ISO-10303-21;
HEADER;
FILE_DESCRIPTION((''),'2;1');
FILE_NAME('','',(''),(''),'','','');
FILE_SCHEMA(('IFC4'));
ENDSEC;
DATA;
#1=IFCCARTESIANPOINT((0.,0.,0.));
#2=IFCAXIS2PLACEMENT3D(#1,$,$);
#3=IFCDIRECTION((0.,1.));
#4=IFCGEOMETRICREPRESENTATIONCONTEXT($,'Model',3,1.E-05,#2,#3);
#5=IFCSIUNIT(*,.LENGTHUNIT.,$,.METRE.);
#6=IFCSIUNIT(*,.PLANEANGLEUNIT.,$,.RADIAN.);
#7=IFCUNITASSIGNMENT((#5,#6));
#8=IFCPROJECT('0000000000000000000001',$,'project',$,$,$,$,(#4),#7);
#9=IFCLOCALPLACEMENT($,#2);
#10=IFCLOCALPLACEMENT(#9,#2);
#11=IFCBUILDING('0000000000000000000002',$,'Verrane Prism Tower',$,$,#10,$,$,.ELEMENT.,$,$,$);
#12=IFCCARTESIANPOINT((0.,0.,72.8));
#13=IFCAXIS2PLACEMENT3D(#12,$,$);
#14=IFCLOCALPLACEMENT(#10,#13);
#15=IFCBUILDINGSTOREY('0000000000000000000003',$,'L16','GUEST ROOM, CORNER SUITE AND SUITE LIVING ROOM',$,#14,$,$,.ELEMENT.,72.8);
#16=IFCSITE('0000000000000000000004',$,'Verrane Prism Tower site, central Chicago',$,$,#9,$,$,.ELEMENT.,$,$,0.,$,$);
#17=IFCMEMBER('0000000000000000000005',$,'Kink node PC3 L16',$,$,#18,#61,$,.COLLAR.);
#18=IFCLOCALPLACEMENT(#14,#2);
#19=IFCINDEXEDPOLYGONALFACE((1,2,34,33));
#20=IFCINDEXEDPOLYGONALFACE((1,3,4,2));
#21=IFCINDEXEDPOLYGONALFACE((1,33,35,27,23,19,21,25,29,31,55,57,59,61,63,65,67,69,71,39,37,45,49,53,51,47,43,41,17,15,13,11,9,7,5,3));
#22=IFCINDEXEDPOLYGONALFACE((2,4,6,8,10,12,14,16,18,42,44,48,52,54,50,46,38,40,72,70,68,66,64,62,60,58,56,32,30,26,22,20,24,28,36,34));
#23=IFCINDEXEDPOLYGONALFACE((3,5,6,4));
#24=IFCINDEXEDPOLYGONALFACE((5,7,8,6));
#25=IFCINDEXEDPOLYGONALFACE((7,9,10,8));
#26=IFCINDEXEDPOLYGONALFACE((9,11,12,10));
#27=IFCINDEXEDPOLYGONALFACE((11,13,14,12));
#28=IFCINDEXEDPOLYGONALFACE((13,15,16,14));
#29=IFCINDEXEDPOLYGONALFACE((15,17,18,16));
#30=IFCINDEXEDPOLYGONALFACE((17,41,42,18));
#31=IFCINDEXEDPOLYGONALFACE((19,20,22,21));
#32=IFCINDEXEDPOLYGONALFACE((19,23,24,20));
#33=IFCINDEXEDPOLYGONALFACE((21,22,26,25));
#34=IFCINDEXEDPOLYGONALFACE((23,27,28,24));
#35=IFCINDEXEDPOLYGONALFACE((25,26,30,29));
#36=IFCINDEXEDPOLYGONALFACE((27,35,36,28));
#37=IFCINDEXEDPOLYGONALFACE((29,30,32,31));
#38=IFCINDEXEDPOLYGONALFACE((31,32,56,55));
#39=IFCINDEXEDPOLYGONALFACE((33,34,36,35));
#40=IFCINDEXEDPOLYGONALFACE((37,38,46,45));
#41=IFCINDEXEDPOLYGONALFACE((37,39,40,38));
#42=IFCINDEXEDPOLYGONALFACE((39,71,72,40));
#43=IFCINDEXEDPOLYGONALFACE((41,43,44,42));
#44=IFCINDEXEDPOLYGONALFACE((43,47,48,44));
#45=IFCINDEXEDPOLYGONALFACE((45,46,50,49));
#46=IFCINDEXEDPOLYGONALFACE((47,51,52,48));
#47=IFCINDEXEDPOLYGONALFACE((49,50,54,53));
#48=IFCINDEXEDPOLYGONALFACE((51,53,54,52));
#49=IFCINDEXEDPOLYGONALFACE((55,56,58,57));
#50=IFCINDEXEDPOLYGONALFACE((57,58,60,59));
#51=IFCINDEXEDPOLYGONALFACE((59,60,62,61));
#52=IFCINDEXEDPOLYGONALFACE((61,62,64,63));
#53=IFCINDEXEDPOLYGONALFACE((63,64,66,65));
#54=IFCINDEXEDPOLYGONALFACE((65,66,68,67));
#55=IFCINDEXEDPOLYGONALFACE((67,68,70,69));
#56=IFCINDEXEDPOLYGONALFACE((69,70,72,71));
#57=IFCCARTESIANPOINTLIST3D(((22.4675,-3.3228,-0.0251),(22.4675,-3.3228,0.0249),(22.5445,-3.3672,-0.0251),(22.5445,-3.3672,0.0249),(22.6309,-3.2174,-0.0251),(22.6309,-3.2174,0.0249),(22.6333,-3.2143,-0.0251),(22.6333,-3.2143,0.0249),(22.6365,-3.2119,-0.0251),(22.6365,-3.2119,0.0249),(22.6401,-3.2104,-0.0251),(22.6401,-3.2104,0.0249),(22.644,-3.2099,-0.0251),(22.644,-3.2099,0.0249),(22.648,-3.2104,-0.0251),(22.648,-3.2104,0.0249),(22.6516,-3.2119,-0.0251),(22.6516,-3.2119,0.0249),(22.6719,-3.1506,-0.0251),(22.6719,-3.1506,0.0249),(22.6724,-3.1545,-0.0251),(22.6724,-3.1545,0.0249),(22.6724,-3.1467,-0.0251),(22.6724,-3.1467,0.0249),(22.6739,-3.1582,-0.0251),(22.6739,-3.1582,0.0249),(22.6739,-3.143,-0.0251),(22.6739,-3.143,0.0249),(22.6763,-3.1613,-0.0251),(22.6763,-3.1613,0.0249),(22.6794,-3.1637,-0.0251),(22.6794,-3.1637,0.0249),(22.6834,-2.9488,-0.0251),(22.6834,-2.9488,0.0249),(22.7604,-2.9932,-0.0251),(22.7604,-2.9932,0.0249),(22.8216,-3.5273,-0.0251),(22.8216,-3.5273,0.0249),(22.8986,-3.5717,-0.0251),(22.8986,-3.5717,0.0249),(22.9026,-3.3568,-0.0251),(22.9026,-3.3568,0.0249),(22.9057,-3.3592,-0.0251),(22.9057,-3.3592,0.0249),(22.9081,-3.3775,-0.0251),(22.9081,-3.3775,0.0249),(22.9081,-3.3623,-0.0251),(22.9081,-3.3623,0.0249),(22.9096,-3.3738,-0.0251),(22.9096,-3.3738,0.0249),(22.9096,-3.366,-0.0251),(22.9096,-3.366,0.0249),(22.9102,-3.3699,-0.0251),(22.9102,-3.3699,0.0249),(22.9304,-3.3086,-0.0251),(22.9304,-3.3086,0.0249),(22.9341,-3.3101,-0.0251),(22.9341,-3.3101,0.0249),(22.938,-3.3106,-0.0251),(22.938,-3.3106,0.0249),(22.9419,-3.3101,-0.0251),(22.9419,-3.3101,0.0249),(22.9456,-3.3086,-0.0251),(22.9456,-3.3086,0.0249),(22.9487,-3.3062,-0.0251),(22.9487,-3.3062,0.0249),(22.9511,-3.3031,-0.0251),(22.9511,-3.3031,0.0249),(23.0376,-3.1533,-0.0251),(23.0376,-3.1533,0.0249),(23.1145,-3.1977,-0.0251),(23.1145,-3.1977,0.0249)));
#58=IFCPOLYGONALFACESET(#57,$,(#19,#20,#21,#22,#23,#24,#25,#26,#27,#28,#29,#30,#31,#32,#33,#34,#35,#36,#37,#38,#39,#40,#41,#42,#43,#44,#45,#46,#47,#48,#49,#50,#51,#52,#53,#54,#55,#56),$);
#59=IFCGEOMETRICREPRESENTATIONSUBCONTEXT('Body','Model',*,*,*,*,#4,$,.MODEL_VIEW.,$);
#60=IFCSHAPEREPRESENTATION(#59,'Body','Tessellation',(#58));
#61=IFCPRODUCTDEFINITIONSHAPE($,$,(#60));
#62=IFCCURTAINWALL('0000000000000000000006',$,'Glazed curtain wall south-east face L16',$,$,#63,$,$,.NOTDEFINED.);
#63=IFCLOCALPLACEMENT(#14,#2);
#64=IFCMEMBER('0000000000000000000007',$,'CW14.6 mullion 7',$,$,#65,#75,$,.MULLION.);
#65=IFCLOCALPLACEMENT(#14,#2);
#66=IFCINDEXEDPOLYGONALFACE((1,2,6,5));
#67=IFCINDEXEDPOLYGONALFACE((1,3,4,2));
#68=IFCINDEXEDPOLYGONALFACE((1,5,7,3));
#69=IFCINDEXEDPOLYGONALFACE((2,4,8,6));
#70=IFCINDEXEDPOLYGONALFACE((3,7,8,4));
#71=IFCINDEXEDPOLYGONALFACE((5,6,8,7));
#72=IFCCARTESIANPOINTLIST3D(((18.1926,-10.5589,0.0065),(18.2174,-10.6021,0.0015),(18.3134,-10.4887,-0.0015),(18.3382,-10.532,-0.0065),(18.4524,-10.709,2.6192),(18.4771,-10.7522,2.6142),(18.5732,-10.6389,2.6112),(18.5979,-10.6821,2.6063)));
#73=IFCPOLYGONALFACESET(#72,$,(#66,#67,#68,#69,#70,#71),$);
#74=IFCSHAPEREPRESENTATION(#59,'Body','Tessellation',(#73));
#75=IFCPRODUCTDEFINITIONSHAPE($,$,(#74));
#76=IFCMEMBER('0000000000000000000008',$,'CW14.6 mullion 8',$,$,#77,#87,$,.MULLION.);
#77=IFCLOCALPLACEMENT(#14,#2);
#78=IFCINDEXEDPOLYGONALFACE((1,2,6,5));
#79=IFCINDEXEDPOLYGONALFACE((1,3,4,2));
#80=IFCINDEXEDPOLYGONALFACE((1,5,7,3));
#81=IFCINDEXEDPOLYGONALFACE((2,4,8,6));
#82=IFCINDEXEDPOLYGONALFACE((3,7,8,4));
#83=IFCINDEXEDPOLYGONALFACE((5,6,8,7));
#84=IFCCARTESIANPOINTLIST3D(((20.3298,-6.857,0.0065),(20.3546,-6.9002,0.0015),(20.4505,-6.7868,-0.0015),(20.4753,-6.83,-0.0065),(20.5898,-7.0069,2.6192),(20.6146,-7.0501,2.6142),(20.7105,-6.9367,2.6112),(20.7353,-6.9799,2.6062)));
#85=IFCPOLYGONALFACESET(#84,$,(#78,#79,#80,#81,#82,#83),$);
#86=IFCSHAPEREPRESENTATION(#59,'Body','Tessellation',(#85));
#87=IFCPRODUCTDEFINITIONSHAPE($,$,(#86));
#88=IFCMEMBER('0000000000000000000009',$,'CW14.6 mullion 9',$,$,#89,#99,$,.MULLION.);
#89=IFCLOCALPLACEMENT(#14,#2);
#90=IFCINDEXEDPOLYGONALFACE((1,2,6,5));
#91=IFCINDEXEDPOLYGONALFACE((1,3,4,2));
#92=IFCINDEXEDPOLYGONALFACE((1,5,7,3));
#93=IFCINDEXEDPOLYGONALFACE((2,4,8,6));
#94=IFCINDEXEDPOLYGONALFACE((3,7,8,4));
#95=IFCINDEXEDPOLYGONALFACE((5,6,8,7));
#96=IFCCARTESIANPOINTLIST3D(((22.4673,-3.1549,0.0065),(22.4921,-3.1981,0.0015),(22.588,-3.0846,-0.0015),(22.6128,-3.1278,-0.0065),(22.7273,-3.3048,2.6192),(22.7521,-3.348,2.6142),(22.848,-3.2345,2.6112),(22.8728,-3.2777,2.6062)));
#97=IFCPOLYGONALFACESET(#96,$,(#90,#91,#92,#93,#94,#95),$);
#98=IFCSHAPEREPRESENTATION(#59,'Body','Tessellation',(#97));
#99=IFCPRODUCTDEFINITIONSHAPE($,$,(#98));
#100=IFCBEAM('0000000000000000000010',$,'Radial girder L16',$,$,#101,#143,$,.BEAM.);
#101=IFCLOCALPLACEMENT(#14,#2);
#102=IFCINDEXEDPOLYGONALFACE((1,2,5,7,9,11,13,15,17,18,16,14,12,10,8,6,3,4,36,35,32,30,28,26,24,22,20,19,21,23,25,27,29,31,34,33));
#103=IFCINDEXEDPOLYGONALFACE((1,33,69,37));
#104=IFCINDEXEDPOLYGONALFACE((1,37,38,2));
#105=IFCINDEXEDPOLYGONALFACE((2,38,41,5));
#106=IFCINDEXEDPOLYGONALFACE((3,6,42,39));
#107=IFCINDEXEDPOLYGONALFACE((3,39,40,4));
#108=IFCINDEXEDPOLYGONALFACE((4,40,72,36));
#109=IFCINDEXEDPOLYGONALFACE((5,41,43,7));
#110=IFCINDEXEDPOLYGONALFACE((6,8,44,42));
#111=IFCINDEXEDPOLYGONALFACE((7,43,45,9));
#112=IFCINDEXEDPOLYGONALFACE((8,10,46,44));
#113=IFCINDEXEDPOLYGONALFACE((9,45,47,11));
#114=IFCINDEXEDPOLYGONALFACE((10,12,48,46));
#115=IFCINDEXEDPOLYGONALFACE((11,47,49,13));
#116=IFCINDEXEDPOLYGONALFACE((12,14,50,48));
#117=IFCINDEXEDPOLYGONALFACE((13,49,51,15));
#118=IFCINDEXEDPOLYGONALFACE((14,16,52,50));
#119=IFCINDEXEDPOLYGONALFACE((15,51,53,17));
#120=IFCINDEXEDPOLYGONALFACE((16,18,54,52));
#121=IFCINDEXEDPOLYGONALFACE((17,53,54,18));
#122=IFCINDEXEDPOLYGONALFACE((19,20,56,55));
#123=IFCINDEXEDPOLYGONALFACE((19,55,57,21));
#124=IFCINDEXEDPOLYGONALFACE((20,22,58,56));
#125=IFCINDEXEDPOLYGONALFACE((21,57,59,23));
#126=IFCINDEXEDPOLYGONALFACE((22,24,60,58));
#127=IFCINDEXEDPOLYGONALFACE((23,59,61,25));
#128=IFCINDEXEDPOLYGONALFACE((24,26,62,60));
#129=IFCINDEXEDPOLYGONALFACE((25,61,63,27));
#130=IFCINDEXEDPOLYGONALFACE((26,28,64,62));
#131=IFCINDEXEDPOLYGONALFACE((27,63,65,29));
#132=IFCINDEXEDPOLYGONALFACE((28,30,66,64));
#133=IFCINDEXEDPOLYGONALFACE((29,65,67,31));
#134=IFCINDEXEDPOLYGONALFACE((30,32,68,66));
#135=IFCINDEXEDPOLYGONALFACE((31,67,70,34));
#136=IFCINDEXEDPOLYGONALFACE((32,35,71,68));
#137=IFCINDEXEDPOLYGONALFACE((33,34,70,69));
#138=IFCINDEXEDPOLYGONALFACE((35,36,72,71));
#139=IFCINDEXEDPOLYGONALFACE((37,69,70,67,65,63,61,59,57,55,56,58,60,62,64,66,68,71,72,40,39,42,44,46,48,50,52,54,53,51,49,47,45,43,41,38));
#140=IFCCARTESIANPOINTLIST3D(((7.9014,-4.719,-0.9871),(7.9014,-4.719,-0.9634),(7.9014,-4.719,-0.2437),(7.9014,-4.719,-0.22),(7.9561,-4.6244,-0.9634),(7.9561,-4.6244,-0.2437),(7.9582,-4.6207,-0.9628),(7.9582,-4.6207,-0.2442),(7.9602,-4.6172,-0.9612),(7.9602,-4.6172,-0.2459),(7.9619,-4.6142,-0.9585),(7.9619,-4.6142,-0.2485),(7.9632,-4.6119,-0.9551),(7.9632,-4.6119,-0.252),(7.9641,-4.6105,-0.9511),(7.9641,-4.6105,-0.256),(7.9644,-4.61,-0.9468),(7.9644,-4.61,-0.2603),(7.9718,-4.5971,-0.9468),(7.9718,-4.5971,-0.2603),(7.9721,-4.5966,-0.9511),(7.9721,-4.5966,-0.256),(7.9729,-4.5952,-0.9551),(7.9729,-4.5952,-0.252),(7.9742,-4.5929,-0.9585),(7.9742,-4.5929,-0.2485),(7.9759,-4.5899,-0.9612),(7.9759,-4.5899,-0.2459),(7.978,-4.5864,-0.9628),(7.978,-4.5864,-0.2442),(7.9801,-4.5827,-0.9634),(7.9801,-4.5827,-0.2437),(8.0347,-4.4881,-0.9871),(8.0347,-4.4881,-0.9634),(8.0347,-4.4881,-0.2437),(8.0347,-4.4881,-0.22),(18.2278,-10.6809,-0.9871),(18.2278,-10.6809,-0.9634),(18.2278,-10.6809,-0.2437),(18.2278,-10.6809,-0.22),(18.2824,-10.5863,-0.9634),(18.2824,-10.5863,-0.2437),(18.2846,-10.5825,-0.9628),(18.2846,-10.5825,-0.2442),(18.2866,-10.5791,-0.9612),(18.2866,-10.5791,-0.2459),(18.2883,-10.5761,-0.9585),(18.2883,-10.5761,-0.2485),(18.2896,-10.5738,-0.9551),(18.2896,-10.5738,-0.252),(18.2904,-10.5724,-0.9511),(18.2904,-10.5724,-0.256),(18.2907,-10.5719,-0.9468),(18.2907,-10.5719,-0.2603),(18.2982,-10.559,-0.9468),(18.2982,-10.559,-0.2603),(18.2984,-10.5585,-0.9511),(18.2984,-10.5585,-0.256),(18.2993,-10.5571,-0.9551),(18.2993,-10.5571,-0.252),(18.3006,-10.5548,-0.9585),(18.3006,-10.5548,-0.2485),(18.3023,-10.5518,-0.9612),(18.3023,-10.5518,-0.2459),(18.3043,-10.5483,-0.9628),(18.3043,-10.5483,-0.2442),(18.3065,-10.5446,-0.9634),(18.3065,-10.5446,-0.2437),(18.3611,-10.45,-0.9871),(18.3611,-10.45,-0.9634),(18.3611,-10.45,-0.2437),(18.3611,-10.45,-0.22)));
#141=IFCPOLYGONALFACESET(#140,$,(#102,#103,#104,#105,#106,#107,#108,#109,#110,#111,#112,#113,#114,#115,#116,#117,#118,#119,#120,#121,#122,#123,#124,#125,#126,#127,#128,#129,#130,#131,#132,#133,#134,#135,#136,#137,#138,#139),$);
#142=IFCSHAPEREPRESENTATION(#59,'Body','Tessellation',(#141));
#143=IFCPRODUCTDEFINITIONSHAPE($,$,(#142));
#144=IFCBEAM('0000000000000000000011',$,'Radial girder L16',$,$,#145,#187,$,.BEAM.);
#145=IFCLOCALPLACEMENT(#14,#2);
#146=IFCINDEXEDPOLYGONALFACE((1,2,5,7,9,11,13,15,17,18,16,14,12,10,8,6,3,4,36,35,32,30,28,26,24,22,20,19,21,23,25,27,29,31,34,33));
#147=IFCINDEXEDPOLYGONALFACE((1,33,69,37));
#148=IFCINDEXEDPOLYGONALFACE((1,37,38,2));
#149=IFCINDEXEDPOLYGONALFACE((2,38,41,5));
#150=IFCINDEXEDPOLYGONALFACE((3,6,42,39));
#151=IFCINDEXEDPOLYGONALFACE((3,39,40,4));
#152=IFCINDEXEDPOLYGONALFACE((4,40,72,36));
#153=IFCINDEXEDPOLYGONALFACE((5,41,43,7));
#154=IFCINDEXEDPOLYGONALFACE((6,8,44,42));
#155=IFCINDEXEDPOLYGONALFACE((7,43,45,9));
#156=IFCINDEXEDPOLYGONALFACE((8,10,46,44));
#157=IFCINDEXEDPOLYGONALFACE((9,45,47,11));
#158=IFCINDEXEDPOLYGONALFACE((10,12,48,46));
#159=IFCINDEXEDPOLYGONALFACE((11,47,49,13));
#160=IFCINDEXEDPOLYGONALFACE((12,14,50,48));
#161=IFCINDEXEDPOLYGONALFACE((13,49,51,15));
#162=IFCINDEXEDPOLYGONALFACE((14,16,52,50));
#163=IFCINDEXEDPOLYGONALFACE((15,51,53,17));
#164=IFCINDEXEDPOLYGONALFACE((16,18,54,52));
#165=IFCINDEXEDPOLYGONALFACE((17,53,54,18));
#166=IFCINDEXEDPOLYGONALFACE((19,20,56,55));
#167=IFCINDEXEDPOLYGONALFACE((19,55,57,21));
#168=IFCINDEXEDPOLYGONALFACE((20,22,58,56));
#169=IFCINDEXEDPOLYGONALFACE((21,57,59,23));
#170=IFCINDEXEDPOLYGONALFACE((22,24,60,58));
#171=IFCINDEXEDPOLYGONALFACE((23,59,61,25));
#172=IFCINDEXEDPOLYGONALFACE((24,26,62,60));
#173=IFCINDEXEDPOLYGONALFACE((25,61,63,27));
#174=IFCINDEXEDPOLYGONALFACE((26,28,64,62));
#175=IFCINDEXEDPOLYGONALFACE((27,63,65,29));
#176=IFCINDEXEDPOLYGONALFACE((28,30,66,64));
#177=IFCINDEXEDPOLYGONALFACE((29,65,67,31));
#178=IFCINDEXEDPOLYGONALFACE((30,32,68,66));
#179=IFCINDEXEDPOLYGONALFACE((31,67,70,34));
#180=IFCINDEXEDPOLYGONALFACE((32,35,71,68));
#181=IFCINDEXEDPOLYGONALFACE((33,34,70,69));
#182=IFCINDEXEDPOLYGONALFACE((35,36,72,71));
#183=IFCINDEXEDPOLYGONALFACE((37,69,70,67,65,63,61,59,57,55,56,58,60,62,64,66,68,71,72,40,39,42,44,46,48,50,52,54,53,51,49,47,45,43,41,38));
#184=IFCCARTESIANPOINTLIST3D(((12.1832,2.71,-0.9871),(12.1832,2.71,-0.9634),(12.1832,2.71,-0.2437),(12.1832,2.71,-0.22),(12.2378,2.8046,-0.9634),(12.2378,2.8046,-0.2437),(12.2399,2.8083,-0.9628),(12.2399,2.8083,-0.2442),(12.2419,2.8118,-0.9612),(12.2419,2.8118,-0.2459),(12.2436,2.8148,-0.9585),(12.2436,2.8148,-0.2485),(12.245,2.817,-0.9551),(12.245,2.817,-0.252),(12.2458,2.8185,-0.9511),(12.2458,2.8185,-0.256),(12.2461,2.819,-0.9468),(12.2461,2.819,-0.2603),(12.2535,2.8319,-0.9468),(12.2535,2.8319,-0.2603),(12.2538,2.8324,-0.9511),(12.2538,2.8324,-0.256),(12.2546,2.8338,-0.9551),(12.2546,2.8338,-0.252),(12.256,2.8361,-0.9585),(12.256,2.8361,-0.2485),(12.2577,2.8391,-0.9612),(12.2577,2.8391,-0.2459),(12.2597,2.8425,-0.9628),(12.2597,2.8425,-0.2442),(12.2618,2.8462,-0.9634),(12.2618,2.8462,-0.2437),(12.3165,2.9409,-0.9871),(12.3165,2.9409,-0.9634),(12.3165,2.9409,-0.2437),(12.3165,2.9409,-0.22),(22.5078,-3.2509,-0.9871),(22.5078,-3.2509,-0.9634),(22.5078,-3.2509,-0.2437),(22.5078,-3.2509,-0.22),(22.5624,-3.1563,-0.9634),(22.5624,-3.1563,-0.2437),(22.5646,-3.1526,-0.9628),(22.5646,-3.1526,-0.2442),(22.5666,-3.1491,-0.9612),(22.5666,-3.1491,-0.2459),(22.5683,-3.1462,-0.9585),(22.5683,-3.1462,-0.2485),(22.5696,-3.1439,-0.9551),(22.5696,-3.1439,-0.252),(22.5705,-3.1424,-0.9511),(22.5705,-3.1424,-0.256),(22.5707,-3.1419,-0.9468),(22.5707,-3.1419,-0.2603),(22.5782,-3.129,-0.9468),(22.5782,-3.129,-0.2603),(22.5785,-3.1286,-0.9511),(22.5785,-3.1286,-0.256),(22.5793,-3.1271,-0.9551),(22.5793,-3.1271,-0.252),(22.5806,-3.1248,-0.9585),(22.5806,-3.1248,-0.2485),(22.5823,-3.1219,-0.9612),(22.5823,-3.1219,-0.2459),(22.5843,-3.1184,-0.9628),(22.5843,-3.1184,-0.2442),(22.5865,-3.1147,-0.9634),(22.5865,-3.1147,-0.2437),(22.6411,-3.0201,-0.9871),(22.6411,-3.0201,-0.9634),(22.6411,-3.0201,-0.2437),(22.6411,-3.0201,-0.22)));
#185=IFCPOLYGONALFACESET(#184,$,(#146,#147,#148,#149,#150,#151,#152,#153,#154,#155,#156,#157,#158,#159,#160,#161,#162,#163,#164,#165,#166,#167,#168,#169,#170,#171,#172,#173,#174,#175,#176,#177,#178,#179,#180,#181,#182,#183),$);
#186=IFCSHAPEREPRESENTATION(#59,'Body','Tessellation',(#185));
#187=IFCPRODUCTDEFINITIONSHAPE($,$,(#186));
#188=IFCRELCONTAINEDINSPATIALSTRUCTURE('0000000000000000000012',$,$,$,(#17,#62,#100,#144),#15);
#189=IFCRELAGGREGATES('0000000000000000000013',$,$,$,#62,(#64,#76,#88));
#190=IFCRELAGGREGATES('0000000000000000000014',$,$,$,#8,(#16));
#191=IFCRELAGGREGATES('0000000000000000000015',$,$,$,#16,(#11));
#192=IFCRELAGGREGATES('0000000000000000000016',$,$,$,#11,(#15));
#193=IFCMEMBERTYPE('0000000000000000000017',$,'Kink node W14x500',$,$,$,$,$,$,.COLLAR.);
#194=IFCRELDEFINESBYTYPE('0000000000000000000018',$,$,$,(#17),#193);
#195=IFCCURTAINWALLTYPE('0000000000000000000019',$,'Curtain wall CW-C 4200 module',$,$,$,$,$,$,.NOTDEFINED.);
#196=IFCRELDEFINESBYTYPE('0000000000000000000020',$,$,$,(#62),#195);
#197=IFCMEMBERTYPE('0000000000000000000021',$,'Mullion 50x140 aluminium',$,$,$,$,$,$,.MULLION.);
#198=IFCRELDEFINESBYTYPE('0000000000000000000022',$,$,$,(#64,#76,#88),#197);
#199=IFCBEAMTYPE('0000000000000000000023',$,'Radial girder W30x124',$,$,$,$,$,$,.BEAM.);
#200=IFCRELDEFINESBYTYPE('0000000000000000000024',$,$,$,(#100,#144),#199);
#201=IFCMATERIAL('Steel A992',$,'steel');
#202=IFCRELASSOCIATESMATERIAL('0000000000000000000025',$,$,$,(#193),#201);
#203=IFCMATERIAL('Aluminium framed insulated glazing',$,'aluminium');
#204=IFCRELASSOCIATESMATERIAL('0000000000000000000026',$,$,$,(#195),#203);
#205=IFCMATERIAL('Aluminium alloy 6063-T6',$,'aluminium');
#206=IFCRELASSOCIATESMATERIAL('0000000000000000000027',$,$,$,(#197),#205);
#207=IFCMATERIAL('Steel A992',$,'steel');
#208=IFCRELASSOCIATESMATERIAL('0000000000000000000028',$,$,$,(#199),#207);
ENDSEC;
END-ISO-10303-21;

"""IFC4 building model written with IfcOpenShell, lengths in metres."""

from ifc_helpers import new_model, si_unit, direction, frame, origin, origin_2d, place, context, subcontext, project, spatial, rectangle, i_section, extrude, material, material_profile, profile_set, type_object, element, aggregate, save


model = new_model("IFC4")

# Units and contexts
model_context = context("Model", 3, precision=1e-05, world=origin(), true_north=direction((0.0, 1.0)))
body_context = subcontext(model_context, "Body", "Model", "MODEL_VIEW")
ifc_project = project(units=[si_unit("LENGTHUNIT", "METRE"), si_unit("PLANEANGLEUNIT", "RADIAN")], contexts=[model_context])

# Site, building, storey
site_placement = place(None, origin())
site = spatial("IfcSite", under=ifc_project, at=site_placement, Name="Verrane Prism Tower site, central Chicago", CompositionType="ELEMENT", RefElevation=0.0)
building_placement = place(site_placement, origin())
building = spatial("IfcBuilding", under=site, at=building_placement, Name="Verrane Prism Tower", CompositionType="ELEMENT")
storey_placement = place(building_placement, frame((0.0, 0.0, 72.8)))
storey = spatial("IfcBuildingStorey", under=building, at=storey_placement, Name="L16", Description="GUEST ROOM, CORNER SUITE AND SUITE LIVING ROOM", CompositionType="ELEMENT", Elevation=72.8)

# Member
ifc_material_1 = material(Name="Steel A992", Category="steel")
ifc_material_profile_1 = material_profile(ifc_material_1, i_section(OverallWidth=0.4319, OverallDepth=0.4978, WebThickness=0.0557, FlangeThickness=0.0889, FilletRadius=0.0151, at=origin_2d()), Name="W14x500")
ifc_profile_set_1 = profile_set([ifc_material_profile_1], Name="Steel A992")
member_type_1 = type_object("IfcMemberType", Name="Kink node W14x500", PredefinedType="COLLAR", material=ifc_profile_set_1)
for number, where, z_axis, x_axis, name in (
    (1, (22.791, -3.2603, -0.0251), (0.0, 0.0, 1.0), (-0.5, -0.866025, 0.0), "Kink node PC3 L16"),
):
    element("IfcMember", number, at=place(storey_placement, frame(where, z_axis=z_axis, x_axis=x_axis)), inside=storey, type_object=member_type_1, Name=name, PredefinedType="COLLAR", context=body_context, shape_type="SweptSolid", body=[
        extrude(i_section(OverallWidth=0.4319, OverallDepth=0.4978, WebThickness=0.0557, FlangeThickness=0.0889, FilletRadius=0.0151, at=origin_2d()), origin(), (0.0, 0.0, 1.0), 0.05),
    ])

# Curtain wall, members
ifc_material_2 = material(Name="Aluminium framed insulated glazing", Category="aluminium")
curtain_wall_type = type_object("IfcCurtainWallType", Name="Curtain wall CW-C 4200 module", PredefinedType="NOTDEFINED", material=ifc_material_2)
curtain_wall_placement = place(storey_placement, origin())
curtain_wall = element("IfcCurtainWall", 2, at=curtain_wall_placement, inside=storey, type_object=curtain_wall_type, Name="Glazed curtain wall south-east face L16", PredefinedType="NOTDEFINED")
ifc_material_3 = material(Name="Aluminium alloy 6063-T6", Category="aluminium")
ifc_material_profile_2 = material_profile(ifc_material_3, rectangle(XDim=0.1399, YDim=0.05, at=origin_2d()), Name="Mullion 50x140 aluminium")
ifc_profile_set_2 = profile_set([ifc_material_profile_2], Name="Aluminium alloy 6063-T6")
member_type_2 = type_object("IfcMemberType", Name="Mullion 50x140 aluminium", PredefinedType="MULLION", material=ifc_profile_set_2)
member_1_placement = place(storey_placement, frame((18.2654, -10.5454, 0.0), z_axis=(0.098772, -0.057091, 0.993471), x_axis=(-0.863446, -0.501207, 0.057042)))
member_1 = element("IfcMember", 3, at=member_1_placement, type_object=member_type_2, Name="CW14.6 mullion 7", PredefinedType="MULLION", context=body_context, shape_type="SweptSolid", body=[
    extrude(rectangle(XDim=0.1399, YDim=0.05, at=origin_2d()), origin(), (0.0, 0.0, 1.0), 2.6299),
])
member_2_placement = place(storey_placement, frame((20.4026, -6.8435, 0.0), z_axis=(0.098864, -0.056998, 0.993467), x_axis=(-0.862886, -0.502167, 0.057059)))
member_2 = element("IfcMember", 4, at=member_2_placement, type_object=member_type_2, Name="CW14.6 mullion 8", PredefinedType="MULLION", context=body_context, shape_type="SweptSolid", body=[
    extrude(rectangle(XDim=0.1399, YDim=0.05, at=origin_2d()), origin(), (0.0, 0.0, 1.0), 2.6299),
])
member_3_placement = place(storey_placement, frame((22.54, -3.1414, 0.0), z_axis=(0.098864, -0.056998, 0.993467), x_axis=(-0.862886, -0.502167, 0.057059)))
member_3 = element("IfcMember", 5, at=member_3_placement, type_object=member_type_2, Name="CW14.6 mullion 9", PredefinedType="MULLION", context=body_context, shape_type="SweptSolid", body=[
    extrude(rectangle(XDim=0.1399, YDim=0.05, at=origin_2d()), origin(), (0.0, 0.0, 1.0), 2.6299),
])

# Beams
ifc_material_4 = material(Name="Steel A992", Category="steel")
ifc_material_profile_3 = material_profile(ifc_material_4, i_section(OverallWidth=0.2666, OverallDepth=0.7671, WebThickness=0.0149, FlangeThickness=0.0237, FilletRadius=0.0166, at=origin_2d()), Name="W30x124")
ifc_profile_set_3 = profile_set([ifc_material_profile_3], Name="Steel A992")
beam_type_1 = type_object("IfcBeamType", Name="Radial girder W30x124", PredefinedType="BEAM", material=ifc_profile_set_3)
beam_1_placement = place(storey_placement, frame((18.2944, -10.5654, -0.6035), z_axis=(-0.866027, 0.499997, 0.0), x_axis=(-0.499997, -0.866027, 0.0)))
element("IfcBeam", 6, at=beam_1_placement, inside=storey, type_object=beam_type_1, Name="Radial girder L16", PredefinedType="BEAM", context=body_context, shape_type="SweptSolid", body=[
    extrude(i_section(OverallWidth=0.2666, OverallDepth=0.7671, WebThickness=0.0149, FlangeThickness=0.0237, FilletRadius=0.0166, at=origin_2d()), origin(), (0.0, 0.0, 1.0), 11.9238),
])
beam_2_placement = place(storey_placement, frame((22.5745, -3.1355, -0.6035), z_axis=(-0.866027, 0.499998, 0.0), x_axis=(-0.499998, -0.866027, 0.0)))
element("IfcBeam", 7, at=beam_2_placement, inside=storey, type_object=beam_type_1, Name="Radial girder L16", PredefinedType="BEAM", context=body_context, shape_type="SweptSolid", body=[
    extrude(i_section(OverallWidth=0.2666, OverallDepth=0.7671, WebThickness=0.0149, FlangeThickness=0.0237, FilletRadius=0.0166, at=origin_2d()), origin(), (0.0, 0.0, 1.0), 11.9219),
])

aggregate(curtain_wall, [member_1, member_2, member_3])

save(model, "model.ifc")
